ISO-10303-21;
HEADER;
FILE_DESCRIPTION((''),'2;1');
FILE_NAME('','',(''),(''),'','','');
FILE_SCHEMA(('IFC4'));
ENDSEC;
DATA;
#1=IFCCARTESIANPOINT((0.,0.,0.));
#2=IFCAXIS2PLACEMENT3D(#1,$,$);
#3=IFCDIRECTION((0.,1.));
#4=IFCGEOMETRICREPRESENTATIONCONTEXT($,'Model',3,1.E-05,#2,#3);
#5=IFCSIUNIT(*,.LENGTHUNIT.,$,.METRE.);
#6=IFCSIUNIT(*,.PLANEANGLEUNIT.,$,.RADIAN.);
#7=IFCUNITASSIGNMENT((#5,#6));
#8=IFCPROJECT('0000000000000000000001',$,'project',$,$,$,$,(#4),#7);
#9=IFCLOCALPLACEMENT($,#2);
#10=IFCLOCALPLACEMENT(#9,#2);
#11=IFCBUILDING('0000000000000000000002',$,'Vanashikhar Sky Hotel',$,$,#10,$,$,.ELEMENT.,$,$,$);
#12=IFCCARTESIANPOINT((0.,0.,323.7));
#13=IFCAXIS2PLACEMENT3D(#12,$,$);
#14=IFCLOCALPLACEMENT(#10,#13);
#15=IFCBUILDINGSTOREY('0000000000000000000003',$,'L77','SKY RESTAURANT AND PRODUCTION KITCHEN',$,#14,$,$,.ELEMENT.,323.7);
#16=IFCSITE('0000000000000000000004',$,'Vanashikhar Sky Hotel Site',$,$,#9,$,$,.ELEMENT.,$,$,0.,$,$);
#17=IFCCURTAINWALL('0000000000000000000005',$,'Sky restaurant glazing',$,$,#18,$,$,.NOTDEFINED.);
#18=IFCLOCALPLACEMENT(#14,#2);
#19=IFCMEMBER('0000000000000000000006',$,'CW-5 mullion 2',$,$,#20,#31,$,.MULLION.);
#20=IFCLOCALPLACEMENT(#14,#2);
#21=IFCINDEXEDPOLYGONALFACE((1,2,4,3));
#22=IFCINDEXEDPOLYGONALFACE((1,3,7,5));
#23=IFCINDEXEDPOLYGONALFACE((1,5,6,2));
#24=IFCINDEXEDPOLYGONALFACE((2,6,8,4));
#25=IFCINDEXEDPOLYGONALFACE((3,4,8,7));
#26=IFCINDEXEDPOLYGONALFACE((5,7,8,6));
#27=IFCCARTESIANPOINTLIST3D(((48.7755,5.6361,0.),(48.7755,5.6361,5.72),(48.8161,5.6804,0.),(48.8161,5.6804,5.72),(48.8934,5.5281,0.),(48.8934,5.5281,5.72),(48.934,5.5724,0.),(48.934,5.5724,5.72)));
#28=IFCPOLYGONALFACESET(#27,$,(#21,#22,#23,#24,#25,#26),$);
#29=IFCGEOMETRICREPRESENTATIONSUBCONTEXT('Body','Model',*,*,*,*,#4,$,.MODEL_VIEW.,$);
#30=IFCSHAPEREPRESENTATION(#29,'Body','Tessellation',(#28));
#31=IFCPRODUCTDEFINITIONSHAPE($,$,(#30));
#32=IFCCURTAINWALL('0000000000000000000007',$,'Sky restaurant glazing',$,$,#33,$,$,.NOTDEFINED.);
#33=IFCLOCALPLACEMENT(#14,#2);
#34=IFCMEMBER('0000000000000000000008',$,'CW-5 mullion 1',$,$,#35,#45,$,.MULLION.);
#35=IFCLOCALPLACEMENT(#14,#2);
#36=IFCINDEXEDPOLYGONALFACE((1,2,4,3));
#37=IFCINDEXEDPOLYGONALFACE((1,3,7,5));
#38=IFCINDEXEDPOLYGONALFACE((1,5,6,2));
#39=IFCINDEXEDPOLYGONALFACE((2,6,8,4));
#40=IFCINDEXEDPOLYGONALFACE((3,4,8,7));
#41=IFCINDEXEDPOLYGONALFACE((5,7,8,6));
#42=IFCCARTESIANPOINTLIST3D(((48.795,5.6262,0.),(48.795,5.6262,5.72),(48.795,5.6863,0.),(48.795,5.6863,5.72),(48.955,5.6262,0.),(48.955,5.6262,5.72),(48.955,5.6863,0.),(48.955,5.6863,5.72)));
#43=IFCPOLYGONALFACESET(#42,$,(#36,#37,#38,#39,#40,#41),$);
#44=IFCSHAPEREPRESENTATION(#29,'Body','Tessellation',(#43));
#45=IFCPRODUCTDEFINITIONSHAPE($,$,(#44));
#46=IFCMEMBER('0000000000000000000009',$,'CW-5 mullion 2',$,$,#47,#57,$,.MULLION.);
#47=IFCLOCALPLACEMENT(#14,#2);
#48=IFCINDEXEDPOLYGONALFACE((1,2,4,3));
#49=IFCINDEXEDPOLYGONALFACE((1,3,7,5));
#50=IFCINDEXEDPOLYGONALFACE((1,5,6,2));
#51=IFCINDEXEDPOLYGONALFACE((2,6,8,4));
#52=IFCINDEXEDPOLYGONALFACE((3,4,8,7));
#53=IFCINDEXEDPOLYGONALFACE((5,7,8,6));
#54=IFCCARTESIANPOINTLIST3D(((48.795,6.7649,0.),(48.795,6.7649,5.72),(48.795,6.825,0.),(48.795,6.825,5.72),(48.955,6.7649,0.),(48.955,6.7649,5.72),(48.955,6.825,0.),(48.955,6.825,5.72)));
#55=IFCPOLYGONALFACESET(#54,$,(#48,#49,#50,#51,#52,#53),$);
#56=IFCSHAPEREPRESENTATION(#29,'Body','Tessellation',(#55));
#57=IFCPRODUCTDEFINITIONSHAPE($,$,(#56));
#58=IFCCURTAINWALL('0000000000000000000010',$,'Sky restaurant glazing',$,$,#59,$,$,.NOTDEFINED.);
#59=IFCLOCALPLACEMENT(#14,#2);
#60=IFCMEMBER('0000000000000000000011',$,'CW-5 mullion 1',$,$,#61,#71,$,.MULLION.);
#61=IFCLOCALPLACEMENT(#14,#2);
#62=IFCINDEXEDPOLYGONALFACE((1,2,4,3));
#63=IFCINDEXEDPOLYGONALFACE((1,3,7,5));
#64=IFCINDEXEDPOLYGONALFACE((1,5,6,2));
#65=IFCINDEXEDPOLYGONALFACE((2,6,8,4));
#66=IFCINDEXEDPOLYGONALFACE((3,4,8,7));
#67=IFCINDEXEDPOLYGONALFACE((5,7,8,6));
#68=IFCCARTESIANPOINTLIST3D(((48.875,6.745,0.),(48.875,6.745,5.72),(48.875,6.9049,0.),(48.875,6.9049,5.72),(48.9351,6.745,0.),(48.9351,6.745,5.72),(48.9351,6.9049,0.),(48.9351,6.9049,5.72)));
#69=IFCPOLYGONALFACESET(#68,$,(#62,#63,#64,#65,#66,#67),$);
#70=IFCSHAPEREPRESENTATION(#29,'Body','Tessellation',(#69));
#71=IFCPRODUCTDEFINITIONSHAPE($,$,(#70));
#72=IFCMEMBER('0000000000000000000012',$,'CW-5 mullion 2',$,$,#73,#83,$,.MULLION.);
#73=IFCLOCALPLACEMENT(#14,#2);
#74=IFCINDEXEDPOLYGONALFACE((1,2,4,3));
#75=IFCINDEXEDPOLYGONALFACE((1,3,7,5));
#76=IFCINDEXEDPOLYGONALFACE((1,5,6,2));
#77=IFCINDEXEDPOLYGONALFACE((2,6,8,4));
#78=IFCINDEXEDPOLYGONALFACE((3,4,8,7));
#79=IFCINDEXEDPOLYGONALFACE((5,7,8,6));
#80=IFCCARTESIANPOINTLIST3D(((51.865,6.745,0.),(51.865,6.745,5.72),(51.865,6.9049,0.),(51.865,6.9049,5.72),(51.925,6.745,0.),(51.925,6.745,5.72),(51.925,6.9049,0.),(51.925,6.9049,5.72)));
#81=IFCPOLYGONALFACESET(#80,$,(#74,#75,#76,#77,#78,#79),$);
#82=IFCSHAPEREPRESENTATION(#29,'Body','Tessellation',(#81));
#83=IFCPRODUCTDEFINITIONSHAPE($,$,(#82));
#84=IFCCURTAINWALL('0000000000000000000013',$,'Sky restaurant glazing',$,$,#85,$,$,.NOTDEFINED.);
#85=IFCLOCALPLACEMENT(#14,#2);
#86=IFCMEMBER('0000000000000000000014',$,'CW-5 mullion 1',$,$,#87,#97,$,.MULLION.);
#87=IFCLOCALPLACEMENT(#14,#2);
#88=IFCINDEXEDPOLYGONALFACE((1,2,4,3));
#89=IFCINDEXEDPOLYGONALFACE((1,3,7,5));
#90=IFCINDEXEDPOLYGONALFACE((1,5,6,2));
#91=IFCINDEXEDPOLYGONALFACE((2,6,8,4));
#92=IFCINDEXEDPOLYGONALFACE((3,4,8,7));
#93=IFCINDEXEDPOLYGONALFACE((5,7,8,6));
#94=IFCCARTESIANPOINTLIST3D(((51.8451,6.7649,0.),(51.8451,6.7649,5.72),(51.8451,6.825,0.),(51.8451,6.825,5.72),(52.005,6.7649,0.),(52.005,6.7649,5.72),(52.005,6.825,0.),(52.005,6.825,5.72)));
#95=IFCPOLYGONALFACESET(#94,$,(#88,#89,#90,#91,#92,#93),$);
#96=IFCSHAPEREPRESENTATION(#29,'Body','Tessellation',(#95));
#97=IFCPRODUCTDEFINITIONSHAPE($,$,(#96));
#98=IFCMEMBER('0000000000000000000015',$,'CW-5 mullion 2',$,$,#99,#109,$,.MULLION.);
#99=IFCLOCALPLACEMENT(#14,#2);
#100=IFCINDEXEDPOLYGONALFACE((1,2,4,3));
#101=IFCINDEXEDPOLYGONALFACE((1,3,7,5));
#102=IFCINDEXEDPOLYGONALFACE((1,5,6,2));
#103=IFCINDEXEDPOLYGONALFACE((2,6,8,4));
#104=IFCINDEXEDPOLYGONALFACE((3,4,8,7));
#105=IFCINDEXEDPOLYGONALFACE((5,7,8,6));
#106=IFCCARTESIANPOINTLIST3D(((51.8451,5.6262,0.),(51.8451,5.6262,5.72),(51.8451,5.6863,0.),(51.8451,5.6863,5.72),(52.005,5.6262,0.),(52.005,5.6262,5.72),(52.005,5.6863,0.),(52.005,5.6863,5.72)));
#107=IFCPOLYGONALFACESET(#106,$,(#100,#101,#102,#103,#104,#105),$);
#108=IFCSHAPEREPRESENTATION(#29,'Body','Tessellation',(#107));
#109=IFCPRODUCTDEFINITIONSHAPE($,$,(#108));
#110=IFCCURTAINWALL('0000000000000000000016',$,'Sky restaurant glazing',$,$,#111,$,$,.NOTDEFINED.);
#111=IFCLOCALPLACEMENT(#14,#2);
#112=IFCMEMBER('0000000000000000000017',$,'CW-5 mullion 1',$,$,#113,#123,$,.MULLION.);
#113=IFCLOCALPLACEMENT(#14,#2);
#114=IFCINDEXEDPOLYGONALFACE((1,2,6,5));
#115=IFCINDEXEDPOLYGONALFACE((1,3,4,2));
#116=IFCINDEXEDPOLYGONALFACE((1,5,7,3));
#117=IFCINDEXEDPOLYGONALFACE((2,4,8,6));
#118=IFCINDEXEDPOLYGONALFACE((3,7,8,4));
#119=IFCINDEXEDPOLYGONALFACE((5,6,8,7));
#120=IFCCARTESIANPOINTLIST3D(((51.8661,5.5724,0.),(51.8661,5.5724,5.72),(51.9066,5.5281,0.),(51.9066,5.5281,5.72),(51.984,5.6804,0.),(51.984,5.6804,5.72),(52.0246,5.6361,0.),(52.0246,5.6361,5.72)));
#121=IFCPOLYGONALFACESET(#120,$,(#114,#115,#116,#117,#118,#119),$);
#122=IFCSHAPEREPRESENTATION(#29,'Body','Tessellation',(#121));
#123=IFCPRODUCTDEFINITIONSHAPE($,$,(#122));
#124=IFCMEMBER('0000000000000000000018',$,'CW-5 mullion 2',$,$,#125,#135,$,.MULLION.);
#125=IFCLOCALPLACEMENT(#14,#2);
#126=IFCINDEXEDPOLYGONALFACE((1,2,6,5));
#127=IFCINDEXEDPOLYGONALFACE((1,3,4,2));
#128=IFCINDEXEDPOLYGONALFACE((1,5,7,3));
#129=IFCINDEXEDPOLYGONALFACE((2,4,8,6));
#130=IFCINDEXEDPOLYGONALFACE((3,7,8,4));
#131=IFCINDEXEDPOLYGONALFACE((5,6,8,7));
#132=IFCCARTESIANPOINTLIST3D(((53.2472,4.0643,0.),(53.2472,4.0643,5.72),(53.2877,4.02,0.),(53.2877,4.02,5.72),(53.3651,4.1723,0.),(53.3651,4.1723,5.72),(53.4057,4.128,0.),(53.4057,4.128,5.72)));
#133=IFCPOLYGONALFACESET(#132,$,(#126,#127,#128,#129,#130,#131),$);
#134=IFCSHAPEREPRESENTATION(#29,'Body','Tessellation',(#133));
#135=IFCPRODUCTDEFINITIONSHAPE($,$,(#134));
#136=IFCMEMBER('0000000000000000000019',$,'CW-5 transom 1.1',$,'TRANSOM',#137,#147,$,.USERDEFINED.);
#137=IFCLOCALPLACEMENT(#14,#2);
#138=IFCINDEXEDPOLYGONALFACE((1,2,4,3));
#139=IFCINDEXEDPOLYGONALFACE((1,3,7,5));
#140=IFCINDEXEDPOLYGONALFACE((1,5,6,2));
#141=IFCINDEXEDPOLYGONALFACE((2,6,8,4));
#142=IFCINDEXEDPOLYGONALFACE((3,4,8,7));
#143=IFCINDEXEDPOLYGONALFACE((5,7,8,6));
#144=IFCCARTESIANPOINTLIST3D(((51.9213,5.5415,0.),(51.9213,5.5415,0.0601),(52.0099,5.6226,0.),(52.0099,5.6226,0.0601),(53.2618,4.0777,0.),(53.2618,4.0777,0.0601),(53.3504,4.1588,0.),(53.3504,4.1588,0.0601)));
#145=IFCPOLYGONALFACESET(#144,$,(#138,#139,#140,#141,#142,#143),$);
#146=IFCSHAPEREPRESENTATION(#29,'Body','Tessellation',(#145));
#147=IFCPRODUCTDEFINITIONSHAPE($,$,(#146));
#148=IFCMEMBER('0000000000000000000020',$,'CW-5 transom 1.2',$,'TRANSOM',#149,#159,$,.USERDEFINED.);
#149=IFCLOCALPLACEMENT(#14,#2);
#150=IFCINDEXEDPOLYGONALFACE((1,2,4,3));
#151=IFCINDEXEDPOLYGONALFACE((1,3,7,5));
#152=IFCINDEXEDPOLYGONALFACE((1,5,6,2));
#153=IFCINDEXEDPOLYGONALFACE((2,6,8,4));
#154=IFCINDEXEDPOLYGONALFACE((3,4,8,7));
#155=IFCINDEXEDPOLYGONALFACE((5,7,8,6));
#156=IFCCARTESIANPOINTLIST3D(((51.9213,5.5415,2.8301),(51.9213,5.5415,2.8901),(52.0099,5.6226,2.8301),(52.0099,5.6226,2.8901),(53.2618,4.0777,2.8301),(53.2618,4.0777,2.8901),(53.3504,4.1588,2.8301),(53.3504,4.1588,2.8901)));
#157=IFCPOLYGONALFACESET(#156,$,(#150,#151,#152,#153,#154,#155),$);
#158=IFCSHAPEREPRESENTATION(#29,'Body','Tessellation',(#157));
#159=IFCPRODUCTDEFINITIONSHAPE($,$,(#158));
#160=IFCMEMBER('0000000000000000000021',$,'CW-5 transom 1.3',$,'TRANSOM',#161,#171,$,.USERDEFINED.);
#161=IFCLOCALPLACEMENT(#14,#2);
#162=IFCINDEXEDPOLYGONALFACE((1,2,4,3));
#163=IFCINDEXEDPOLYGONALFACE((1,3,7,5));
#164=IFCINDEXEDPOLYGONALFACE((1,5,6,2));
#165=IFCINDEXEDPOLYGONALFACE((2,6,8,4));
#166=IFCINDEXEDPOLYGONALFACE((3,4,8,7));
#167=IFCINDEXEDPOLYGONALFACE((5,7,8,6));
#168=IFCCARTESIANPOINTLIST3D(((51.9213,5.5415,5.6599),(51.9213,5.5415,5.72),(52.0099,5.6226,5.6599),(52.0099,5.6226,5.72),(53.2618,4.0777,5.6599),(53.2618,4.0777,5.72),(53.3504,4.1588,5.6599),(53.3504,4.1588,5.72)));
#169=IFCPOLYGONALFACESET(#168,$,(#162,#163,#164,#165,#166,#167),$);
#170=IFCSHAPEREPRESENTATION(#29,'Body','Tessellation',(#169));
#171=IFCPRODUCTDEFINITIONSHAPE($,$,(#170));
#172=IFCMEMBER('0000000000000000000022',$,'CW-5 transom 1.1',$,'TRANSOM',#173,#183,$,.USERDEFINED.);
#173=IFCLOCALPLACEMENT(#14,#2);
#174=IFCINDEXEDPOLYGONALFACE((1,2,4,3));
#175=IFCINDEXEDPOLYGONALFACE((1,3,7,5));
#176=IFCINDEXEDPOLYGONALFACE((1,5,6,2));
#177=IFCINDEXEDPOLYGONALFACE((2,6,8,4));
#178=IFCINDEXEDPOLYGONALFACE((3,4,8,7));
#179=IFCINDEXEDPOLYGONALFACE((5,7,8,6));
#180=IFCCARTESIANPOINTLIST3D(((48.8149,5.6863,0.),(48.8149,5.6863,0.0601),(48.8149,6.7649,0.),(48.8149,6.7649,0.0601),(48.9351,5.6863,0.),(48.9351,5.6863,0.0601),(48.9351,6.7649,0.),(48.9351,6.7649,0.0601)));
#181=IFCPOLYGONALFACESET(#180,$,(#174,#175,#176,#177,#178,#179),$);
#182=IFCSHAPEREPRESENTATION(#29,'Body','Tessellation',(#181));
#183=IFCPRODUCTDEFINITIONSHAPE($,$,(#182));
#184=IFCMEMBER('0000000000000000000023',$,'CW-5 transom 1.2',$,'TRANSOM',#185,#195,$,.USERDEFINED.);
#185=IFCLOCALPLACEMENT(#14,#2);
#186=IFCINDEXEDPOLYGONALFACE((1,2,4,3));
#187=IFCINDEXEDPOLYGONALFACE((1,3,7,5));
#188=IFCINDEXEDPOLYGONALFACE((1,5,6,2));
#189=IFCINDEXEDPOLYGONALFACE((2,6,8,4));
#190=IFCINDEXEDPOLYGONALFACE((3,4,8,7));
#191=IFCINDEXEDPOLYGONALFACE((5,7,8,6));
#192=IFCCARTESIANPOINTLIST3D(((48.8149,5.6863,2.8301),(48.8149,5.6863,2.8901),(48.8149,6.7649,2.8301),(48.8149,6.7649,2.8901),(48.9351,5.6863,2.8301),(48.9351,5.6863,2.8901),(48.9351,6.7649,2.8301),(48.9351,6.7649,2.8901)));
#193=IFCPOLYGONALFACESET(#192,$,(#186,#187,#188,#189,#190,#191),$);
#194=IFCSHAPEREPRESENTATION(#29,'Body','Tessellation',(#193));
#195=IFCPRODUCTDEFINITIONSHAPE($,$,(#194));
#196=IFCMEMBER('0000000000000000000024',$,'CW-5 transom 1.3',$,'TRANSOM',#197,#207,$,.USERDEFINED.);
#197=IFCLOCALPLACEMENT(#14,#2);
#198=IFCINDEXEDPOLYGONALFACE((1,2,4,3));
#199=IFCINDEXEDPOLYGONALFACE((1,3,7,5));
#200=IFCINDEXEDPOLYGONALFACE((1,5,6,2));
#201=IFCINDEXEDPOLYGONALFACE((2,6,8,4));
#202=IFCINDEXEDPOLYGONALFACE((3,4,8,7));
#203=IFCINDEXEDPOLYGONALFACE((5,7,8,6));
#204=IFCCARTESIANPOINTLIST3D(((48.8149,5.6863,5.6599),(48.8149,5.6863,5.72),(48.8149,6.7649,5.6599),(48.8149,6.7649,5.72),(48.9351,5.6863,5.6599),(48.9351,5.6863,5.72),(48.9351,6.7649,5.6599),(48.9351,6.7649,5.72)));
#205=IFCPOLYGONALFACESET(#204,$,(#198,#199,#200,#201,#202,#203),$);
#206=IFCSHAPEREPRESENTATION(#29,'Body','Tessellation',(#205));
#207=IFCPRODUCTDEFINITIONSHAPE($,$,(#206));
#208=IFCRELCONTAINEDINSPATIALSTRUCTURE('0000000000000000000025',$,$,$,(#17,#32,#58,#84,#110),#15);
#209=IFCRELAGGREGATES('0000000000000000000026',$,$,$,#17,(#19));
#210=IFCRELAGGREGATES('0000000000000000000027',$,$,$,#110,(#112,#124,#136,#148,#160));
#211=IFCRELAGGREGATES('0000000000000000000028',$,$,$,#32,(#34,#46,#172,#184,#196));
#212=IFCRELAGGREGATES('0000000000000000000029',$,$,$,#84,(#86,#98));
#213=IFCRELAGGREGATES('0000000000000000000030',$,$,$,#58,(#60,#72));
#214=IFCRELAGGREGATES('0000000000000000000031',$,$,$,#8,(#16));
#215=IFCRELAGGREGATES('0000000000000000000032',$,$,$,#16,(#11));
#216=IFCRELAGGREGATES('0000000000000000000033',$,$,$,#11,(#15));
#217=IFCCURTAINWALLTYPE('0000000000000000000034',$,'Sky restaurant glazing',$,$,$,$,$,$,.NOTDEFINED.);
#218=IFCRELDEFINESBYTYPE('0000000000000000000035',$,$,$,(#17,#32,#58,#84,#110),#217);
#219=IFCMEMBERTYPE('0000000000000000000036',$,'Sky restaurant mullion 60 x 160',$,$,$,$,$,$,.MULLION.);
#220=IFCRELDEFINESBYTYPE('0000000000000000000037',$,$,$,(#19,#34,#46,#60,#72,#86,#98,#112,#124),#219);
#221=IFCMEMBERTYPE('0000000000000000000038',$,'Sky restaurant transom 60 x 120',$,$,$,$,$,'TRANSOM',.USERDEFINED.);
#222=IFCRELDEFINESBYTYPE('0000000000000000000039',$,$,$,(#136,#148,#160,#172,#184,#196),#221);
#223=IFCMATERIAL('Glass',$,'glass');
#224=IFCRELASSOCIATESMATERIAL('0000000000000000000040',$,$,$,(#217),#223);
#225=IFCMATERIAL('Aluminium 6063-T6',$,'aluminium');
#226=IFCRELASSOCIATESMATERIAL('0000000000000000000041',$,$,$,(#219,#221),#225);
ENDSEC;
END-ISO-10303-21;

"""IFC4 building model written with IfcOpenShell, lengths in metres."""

from ifc_helpers import new_model, si_unit, direction, frame, origin, origin_2d, place, context, subcontext, project, spatial, rectangle, extrude, source, transform, mapped, material, material_profile, profile_set, type_object, element, aggregate, save


model = new_model("IFC4")

# Units and contexts
model_context = context("Model", 3, precision=1e-05, world=origin(), true_north=direction((0.0, 1.0)))
body_context = subcontext(model_context, "Body", "Model", "MODEL_VIEW")
ifc_project = project(units=[si_unit("LENGTHUNIT", "METRE"), si_unit("PLANEANGLEUNIT", "RADIAN")], contexts=[model_context])

# Site, building, storey
site_placement = place(None, origin())
site = spatial("IfcSite", under=ifc_project, at=site_placement, Name="Vanashikhar Sky Hotel Site", CompositionType="ELEMENT", RefElevation=0.0)
building_placement = place(site_placement, origin())
building = spatial("IfcBuilding", under=site, at=building_placement, Name="Vanashikhar Sky Hotel", CompositionType="ELEMENT")
storey_placement = place(building_placement, frame((0.0, 0.0, 323.7)))
storey = spatial("IfcBuildingStorey", under=building, at=storey_placement, Name="L77", Description="SKY RESTAURANT AND PRODUCTION KITCHEN", CompositionType="ELEMENT", Elevation=323.7)

# Curtain wall, member
ifc_material_1 = material(Name="Glass", Category="glass")
curtain_wall_type = type_object("IfcCurtainWallType", Name="Sky restaurant glazing", PredefinedType="NOTDEFINED", material=ifc_material_1)
curtain_wall_1_placement = place(storey_placement, origin())
curtain_wall_1 = element("IfcCurtainWall", 1, at=curtain_wall_1_placement, inside=storey, type_object=curtain_wall_type, Name="Sky restaurant glazing", PredefinedType="NOTDEFINED")
ifc_material_2 = material(Name="Aluminium 6063-T6", Category="aluminium")
ifc_material_profile_1 = material_profile(ifc_material_2, rectangle(XDim=0.1599, YDim=0.0601, at=origin_2d()))
ifc_profile_set_1 = profile_set([ifc_material_profile_1], Name="Aluminium 6063-T6")
member_type_1 = type_object("IfcMemberType", Name="Sky restaurant mullion 60 x 160", PredefinedType="MULLION", material=ifc_profile_set_1)
shared_shape_1 = source(origin(), body_context, "Body", "SweptSolid", [
    extrude(rectangle(XDim=0.1599, YDim=0.0601, at=origin_2d()), origin(), (0.0, 0.0, 1.0), 5.72),
])
member_1_placement = place(storey_placement, frame((48.8547, 5.6042, 0.0), z_axis=(0.0, 0.0, 1.0), x_axis=(-0.737472, 0.675378, 0.0)))
member_1 = element("IfcMember", 2, at=member_1_placement, type_object=member_type_1, Name="CW-5 mullion 2", PredefinedType="MULLION", context=body_context, shape_type="MappedRepresentation", body=[
    mapped(shared_shape_1, transform((0.0, 0.0, 0.0), scale=1.0)),
])

# Curtain walls, members
curtain_wall_2_placement = place(storey_placement, origin())
curtain_wall_2 = element("IfcCurtainWall", 3, at=curtain_wall_2_placement, inside=storey, type_object=curtain_wall_type, Name="Sky restaurant glazing", PredefinedType="NOTDEFINED")
member_2_placement = place(storey_placement, frame((48.875, 5.6562, 0.0), z_axis=(0.0, 0.0, 1.0), x_axis=(-1.0, 0.0, 0.0)))
member_2 = element("IfcMember", 4, at=member_2_placement, type_object=member_type_1, Name="CW-5 mullion 1", PredefinedType="MULLION", context=body_context, shape_type="MappedRepresentation", body=[
    mapped(shared_shape_1, transform((0.0, 0.0, 0.0), scale=1.0)),
])
member_3_placement = place(storey_placement, frame((48.875, 6.7949, 0.0), z_axis=(0.0, 0.0, 1.0), x_axis=(-1.0, 0.0, 0.0)))
member_3 = element("IfcMember", 5, at=member_3_placement, type_object=member_type_1, Name="CW-5 mullion 2", PredefinedType="MULLION", context=body_context, shape_type="MappedRepresentation", body=[
    mapped(shared_shape_1, transform((0.0, 0.0, 0.0), scale=1.0)),
])
curtain_wall_3_placement = place(storey_placement, origin())
curtain_wall_3 = element("IfcCurtainWall", 6, at=curtain_wall_3_placement, inside=storey, type_object=curtain_wall_type, Name="Sky restaurant glazing", PredefinedType="NOTDEFINED")
member_4_placement = place(storey_placement, frame((48.905, 6.825, 0.0), z_axis=(0.0, 0.0, 1.0), x_axis=(0.0, 1.0, 0.0)))
member_4 = element("IfcMember", 7, at=member_4_placement, type_object=member_type_1, Name="CW-5 mullion 1", PredefinedType="MULLION", context=body_context, shape_type="MappedRepresentation", body=[
    mapped(shared_shape_1, transform((0.0, 0.0, 0.0), scale=1.0)),
])
member_5_placement = place(storey_placement, frame((51.895, 6.825, 0.0), z_axis=(0.0, 0.0, 1.0), x_axis=(0.0, 1.0, 0.0)))
member_5 = element("IfcMember", 8, at=member_5_placement, type_object=member_type_1, Name="CW-5 mullion 2", PredefinedType="MULLION", context=body_context, shape_type="MappedRepresentation", body=[
    mapped(shared_shape_1, transform((0.0, 0.0, 0.0), scale=1.0)),
])
curtain_wall_4_placement = place(storey_placement, origin())
curtain_wall_4 = element("IfcCurtainWall", 9, at=curtain_wall_4_placement, inside=storey, type_object=curtain_wall_type, Name="Sky restaurant glazing", PredefinedType="NOTDEFINED")
member_6_placement = place(storey_placement, frame((51.925, 6.7949, 0.0), z_axis=(0.0, 0.0, 1.0), x_axis=(1.0, 0.0, 0.0)))
member_6 = element("IfcMember", 10, at=member_6_placement, type_object=member_type_1, Name="CW-5 mullion 1", PredefinedType="MULLION", context=body_context, shape_type="MappedRepresentation", body=[
    mapped(shared_shape_1, transform((0.0, 0.0, 0.0), scale=1.0)),
])
member_7_placement = place(storey_placement, frame((51.925, 5.6562, 0.0), z_axis=(0.0, 0.0, 1.0), x_axis=(1.0, 0.0, 0.0)))
member_7 = element("IfcMember", 11, at=member_7_placement, type_object=member_type_1, Name="CW-5 mullion 2", PredefinedType="MULLION", context=body_context, shape_type="MappedRepresentation", body=[
    mapped(shared_shape_1, transform((0.0, 0.0, 0.0), scale=1.0)),
])
curtain_wall_5_placement = place(storey_placement, origin())
curtain_wall_5 = element("IfcCurtainWall", 12, at=curtain_wall_5_placement, inside=storey, type_object=curtain_wall_type, Name="Sky restaurant glazing", PredefinedType="NOTDEFINED")
member_8_placement = place(storey_placement, frame((51.9453, 5.6042, 0.0), z_axis=(0.0, 0.0, 1.0), x_axis=(0.737472, 0.675378, 0.0)))
member_8 = element("IfcMember", 13, at=member_8_placement, type_object=member_type_1, Name="CW-5 mullion 1", PredefinedType="MULLION", context=body_context, shape_type="MappedRepresentation", body=[
    mapped(shared_shape_1, transform((0.0, 0.0, 0.0), scale=1.0)),
])
member_9_placement = place(storey_placement, frame((53.3264, 4.0962, 0.0), z_axis=(0.0, 0.0, 1.0), x_axis=(0.737472, 0.675378, 0.0)))
member_9 = element("IfcMember", 14, at=member_9_placement, type_object=member_type_1, Name="CW-5 mullion 2", PredefinedType="MULLION", context=body_context, shape_type="MappedRepresentation", body=[
    mapped(shared_shape_1, transform((0.0, 0.0, 0.0), scale=1.0)),
])
ifc_material_profile_2 = material_profile(ifc_material_2, rectangle(XDim=0.1201, YDim=0.0601, at=origin_2d()))
ifc_profile_set_2 = profile_set([ifc_material_profile_2], Name="Aluminium 6063-T6")
member_type_2 = type_object("IfcMemberType", Name="Sky restaurant transom 60 x 120", ElementType="TRANSOM", PredefinedType="USERDEFINED", material=ifc_profile_set_2)
shared_shape_2 = source(origin(), body_context, "Body", "SweptSolid", [
    extrude(rectangle(XDim=0.1201, YDim=0.0601, at=origin_2d()), origin(), (0.0, 0.0, 1.0), 1.9849),
])
member_10_placement = place(storey_placement, frame((51.9656, 5.582, 0.03), z_axis=(0.675368, -0.737481, 0.0), x_axis=(0.737481, 0.675368, 0.0)))
member_10 = element("IfcMember", 15, at=member_10_placement, type_object=member_type_2, Name="CW-5 transom 1.1", ObjectType="TRANSOM", PredefinedType="USERDEFINED", context=body_context, shape_type="MappedRepresentation", body=[
    mapped(shared_shape_2, transform((0.0, 0.0, 0.0), scale=1.0)),
])
member_11_placement = place(storey_placement, frame((51.9656, 5.582, 2.8601), z_axis=(0.675368, -0.737481, 0.0), x_axis=(0.737481, 0.675368, 0.0)))
member_11 = element("IfcMember", 16, at=member_11_placement, type_object=member_type_2, Name="CW-5 transom 1.2", ObjectType="TRANSOM", PredefinedType="USERDEFINED", context=body_context, shape_type="MappedRepresentation", body=[
    mapped(shared_shape_2, transform((0.0, 0.0, 0.0), scale=1.0)),
])
member_12_placement = place(storey_placement, frame((51.9656, 5.582, 5.6899), z_axis=(0.675368, -0.737481, 0.0), x_axis=(0.737481, 0.675368, 0.0)))
member_12 = element("IfcMember", 17, at=member_12_placement, type_object=member_type_2, Name="CW-5 transom 1.3", ObjectType="TRANSOM", PredefinedType="USERDEFINED", context=body_context, shape_type="MappedRepresentation", body=[
    mapped(shared_shape_2, transform((0.0, 0.0, 0.0), scale=1.0)),
])

# Members
shared_shape_3 = source(origin(), body_context, "Body", "SweptSolid", [
    extrude(rectangle(XDim=0.1201, YDim=0.0601, at=origin_2d()), origin(), (0.0, 0.0, 1.0), 1.0786),
])
member_13_placement = place(storey_placement, frame((48.875, 5.6863, 0.03), z_axis=(0.0, 1.0, 0.0), x_axis=(-1.0, 0.0, 0.0)))
member_13 = element("IfcMember", 18, at=member_13_placement, type_object=member_type_2, Name="CW-5 transom 1.1", ObjectType="TRANSOM", PredefinedType="USERDEFINED", context=body_context, shape_type="MappedRepresentation", body=[
    mapped(shared_shape_3, transform((0.0, 0.0, 0.0), scale=1.0)),
])
member_14_placement = place(storey_placement, frame((48.875, 5.6863, 2.8601), z_axis=(0.0, 1.0, 0.0), x_axis=(-1.0, 0.0, 0.0)))
member_14 = element("IfcMember", 19, at=member_14_placement, type_object=member_type_2, Name="CW-5 transom 1.2", ObjectType="TRANSOM", PredefinedType="USERDEFINED", context=body_context, shape_type="MappedRepresentation", body=[
    mapped(shared_shape_3, transform((0.0, 0.0, 0.0), scale=1.0)),
])
member_15_placement = place(storey_placement, frame((48.875, 5.6863, 5.6899), z_axis=(0.0, 1.0, 0.0), x_axis=(-1.0, 0.0, 0.0)))
member_15 = element("IfcMember", 20, at=member_15_placement, type_object=member_type_2, Name="CW-5 transom 1.3", ObjectType="TRANSOM", PredefinedType="USERDEFINED", context=body_context, shape_type="MappedRepresentation", body=[
    mapped(shared_shape_3, transform((0.0, 0.0, 0.0), scale=1.0)),
])

aggregate(curtain_wall_1, [member_1])
aggregate(curtain_wall_5, [member_8, member_9, member_10, member_11, member_12])
aggregate(curtain_wall_2, [member_2, member_3, member_13, member_14, member_15])
aggregate(curtain_wall_4, [member_6, member_7])
aggregate(curtain_wall_3, [member_4, member_5])

save(model, "model.ifc")
